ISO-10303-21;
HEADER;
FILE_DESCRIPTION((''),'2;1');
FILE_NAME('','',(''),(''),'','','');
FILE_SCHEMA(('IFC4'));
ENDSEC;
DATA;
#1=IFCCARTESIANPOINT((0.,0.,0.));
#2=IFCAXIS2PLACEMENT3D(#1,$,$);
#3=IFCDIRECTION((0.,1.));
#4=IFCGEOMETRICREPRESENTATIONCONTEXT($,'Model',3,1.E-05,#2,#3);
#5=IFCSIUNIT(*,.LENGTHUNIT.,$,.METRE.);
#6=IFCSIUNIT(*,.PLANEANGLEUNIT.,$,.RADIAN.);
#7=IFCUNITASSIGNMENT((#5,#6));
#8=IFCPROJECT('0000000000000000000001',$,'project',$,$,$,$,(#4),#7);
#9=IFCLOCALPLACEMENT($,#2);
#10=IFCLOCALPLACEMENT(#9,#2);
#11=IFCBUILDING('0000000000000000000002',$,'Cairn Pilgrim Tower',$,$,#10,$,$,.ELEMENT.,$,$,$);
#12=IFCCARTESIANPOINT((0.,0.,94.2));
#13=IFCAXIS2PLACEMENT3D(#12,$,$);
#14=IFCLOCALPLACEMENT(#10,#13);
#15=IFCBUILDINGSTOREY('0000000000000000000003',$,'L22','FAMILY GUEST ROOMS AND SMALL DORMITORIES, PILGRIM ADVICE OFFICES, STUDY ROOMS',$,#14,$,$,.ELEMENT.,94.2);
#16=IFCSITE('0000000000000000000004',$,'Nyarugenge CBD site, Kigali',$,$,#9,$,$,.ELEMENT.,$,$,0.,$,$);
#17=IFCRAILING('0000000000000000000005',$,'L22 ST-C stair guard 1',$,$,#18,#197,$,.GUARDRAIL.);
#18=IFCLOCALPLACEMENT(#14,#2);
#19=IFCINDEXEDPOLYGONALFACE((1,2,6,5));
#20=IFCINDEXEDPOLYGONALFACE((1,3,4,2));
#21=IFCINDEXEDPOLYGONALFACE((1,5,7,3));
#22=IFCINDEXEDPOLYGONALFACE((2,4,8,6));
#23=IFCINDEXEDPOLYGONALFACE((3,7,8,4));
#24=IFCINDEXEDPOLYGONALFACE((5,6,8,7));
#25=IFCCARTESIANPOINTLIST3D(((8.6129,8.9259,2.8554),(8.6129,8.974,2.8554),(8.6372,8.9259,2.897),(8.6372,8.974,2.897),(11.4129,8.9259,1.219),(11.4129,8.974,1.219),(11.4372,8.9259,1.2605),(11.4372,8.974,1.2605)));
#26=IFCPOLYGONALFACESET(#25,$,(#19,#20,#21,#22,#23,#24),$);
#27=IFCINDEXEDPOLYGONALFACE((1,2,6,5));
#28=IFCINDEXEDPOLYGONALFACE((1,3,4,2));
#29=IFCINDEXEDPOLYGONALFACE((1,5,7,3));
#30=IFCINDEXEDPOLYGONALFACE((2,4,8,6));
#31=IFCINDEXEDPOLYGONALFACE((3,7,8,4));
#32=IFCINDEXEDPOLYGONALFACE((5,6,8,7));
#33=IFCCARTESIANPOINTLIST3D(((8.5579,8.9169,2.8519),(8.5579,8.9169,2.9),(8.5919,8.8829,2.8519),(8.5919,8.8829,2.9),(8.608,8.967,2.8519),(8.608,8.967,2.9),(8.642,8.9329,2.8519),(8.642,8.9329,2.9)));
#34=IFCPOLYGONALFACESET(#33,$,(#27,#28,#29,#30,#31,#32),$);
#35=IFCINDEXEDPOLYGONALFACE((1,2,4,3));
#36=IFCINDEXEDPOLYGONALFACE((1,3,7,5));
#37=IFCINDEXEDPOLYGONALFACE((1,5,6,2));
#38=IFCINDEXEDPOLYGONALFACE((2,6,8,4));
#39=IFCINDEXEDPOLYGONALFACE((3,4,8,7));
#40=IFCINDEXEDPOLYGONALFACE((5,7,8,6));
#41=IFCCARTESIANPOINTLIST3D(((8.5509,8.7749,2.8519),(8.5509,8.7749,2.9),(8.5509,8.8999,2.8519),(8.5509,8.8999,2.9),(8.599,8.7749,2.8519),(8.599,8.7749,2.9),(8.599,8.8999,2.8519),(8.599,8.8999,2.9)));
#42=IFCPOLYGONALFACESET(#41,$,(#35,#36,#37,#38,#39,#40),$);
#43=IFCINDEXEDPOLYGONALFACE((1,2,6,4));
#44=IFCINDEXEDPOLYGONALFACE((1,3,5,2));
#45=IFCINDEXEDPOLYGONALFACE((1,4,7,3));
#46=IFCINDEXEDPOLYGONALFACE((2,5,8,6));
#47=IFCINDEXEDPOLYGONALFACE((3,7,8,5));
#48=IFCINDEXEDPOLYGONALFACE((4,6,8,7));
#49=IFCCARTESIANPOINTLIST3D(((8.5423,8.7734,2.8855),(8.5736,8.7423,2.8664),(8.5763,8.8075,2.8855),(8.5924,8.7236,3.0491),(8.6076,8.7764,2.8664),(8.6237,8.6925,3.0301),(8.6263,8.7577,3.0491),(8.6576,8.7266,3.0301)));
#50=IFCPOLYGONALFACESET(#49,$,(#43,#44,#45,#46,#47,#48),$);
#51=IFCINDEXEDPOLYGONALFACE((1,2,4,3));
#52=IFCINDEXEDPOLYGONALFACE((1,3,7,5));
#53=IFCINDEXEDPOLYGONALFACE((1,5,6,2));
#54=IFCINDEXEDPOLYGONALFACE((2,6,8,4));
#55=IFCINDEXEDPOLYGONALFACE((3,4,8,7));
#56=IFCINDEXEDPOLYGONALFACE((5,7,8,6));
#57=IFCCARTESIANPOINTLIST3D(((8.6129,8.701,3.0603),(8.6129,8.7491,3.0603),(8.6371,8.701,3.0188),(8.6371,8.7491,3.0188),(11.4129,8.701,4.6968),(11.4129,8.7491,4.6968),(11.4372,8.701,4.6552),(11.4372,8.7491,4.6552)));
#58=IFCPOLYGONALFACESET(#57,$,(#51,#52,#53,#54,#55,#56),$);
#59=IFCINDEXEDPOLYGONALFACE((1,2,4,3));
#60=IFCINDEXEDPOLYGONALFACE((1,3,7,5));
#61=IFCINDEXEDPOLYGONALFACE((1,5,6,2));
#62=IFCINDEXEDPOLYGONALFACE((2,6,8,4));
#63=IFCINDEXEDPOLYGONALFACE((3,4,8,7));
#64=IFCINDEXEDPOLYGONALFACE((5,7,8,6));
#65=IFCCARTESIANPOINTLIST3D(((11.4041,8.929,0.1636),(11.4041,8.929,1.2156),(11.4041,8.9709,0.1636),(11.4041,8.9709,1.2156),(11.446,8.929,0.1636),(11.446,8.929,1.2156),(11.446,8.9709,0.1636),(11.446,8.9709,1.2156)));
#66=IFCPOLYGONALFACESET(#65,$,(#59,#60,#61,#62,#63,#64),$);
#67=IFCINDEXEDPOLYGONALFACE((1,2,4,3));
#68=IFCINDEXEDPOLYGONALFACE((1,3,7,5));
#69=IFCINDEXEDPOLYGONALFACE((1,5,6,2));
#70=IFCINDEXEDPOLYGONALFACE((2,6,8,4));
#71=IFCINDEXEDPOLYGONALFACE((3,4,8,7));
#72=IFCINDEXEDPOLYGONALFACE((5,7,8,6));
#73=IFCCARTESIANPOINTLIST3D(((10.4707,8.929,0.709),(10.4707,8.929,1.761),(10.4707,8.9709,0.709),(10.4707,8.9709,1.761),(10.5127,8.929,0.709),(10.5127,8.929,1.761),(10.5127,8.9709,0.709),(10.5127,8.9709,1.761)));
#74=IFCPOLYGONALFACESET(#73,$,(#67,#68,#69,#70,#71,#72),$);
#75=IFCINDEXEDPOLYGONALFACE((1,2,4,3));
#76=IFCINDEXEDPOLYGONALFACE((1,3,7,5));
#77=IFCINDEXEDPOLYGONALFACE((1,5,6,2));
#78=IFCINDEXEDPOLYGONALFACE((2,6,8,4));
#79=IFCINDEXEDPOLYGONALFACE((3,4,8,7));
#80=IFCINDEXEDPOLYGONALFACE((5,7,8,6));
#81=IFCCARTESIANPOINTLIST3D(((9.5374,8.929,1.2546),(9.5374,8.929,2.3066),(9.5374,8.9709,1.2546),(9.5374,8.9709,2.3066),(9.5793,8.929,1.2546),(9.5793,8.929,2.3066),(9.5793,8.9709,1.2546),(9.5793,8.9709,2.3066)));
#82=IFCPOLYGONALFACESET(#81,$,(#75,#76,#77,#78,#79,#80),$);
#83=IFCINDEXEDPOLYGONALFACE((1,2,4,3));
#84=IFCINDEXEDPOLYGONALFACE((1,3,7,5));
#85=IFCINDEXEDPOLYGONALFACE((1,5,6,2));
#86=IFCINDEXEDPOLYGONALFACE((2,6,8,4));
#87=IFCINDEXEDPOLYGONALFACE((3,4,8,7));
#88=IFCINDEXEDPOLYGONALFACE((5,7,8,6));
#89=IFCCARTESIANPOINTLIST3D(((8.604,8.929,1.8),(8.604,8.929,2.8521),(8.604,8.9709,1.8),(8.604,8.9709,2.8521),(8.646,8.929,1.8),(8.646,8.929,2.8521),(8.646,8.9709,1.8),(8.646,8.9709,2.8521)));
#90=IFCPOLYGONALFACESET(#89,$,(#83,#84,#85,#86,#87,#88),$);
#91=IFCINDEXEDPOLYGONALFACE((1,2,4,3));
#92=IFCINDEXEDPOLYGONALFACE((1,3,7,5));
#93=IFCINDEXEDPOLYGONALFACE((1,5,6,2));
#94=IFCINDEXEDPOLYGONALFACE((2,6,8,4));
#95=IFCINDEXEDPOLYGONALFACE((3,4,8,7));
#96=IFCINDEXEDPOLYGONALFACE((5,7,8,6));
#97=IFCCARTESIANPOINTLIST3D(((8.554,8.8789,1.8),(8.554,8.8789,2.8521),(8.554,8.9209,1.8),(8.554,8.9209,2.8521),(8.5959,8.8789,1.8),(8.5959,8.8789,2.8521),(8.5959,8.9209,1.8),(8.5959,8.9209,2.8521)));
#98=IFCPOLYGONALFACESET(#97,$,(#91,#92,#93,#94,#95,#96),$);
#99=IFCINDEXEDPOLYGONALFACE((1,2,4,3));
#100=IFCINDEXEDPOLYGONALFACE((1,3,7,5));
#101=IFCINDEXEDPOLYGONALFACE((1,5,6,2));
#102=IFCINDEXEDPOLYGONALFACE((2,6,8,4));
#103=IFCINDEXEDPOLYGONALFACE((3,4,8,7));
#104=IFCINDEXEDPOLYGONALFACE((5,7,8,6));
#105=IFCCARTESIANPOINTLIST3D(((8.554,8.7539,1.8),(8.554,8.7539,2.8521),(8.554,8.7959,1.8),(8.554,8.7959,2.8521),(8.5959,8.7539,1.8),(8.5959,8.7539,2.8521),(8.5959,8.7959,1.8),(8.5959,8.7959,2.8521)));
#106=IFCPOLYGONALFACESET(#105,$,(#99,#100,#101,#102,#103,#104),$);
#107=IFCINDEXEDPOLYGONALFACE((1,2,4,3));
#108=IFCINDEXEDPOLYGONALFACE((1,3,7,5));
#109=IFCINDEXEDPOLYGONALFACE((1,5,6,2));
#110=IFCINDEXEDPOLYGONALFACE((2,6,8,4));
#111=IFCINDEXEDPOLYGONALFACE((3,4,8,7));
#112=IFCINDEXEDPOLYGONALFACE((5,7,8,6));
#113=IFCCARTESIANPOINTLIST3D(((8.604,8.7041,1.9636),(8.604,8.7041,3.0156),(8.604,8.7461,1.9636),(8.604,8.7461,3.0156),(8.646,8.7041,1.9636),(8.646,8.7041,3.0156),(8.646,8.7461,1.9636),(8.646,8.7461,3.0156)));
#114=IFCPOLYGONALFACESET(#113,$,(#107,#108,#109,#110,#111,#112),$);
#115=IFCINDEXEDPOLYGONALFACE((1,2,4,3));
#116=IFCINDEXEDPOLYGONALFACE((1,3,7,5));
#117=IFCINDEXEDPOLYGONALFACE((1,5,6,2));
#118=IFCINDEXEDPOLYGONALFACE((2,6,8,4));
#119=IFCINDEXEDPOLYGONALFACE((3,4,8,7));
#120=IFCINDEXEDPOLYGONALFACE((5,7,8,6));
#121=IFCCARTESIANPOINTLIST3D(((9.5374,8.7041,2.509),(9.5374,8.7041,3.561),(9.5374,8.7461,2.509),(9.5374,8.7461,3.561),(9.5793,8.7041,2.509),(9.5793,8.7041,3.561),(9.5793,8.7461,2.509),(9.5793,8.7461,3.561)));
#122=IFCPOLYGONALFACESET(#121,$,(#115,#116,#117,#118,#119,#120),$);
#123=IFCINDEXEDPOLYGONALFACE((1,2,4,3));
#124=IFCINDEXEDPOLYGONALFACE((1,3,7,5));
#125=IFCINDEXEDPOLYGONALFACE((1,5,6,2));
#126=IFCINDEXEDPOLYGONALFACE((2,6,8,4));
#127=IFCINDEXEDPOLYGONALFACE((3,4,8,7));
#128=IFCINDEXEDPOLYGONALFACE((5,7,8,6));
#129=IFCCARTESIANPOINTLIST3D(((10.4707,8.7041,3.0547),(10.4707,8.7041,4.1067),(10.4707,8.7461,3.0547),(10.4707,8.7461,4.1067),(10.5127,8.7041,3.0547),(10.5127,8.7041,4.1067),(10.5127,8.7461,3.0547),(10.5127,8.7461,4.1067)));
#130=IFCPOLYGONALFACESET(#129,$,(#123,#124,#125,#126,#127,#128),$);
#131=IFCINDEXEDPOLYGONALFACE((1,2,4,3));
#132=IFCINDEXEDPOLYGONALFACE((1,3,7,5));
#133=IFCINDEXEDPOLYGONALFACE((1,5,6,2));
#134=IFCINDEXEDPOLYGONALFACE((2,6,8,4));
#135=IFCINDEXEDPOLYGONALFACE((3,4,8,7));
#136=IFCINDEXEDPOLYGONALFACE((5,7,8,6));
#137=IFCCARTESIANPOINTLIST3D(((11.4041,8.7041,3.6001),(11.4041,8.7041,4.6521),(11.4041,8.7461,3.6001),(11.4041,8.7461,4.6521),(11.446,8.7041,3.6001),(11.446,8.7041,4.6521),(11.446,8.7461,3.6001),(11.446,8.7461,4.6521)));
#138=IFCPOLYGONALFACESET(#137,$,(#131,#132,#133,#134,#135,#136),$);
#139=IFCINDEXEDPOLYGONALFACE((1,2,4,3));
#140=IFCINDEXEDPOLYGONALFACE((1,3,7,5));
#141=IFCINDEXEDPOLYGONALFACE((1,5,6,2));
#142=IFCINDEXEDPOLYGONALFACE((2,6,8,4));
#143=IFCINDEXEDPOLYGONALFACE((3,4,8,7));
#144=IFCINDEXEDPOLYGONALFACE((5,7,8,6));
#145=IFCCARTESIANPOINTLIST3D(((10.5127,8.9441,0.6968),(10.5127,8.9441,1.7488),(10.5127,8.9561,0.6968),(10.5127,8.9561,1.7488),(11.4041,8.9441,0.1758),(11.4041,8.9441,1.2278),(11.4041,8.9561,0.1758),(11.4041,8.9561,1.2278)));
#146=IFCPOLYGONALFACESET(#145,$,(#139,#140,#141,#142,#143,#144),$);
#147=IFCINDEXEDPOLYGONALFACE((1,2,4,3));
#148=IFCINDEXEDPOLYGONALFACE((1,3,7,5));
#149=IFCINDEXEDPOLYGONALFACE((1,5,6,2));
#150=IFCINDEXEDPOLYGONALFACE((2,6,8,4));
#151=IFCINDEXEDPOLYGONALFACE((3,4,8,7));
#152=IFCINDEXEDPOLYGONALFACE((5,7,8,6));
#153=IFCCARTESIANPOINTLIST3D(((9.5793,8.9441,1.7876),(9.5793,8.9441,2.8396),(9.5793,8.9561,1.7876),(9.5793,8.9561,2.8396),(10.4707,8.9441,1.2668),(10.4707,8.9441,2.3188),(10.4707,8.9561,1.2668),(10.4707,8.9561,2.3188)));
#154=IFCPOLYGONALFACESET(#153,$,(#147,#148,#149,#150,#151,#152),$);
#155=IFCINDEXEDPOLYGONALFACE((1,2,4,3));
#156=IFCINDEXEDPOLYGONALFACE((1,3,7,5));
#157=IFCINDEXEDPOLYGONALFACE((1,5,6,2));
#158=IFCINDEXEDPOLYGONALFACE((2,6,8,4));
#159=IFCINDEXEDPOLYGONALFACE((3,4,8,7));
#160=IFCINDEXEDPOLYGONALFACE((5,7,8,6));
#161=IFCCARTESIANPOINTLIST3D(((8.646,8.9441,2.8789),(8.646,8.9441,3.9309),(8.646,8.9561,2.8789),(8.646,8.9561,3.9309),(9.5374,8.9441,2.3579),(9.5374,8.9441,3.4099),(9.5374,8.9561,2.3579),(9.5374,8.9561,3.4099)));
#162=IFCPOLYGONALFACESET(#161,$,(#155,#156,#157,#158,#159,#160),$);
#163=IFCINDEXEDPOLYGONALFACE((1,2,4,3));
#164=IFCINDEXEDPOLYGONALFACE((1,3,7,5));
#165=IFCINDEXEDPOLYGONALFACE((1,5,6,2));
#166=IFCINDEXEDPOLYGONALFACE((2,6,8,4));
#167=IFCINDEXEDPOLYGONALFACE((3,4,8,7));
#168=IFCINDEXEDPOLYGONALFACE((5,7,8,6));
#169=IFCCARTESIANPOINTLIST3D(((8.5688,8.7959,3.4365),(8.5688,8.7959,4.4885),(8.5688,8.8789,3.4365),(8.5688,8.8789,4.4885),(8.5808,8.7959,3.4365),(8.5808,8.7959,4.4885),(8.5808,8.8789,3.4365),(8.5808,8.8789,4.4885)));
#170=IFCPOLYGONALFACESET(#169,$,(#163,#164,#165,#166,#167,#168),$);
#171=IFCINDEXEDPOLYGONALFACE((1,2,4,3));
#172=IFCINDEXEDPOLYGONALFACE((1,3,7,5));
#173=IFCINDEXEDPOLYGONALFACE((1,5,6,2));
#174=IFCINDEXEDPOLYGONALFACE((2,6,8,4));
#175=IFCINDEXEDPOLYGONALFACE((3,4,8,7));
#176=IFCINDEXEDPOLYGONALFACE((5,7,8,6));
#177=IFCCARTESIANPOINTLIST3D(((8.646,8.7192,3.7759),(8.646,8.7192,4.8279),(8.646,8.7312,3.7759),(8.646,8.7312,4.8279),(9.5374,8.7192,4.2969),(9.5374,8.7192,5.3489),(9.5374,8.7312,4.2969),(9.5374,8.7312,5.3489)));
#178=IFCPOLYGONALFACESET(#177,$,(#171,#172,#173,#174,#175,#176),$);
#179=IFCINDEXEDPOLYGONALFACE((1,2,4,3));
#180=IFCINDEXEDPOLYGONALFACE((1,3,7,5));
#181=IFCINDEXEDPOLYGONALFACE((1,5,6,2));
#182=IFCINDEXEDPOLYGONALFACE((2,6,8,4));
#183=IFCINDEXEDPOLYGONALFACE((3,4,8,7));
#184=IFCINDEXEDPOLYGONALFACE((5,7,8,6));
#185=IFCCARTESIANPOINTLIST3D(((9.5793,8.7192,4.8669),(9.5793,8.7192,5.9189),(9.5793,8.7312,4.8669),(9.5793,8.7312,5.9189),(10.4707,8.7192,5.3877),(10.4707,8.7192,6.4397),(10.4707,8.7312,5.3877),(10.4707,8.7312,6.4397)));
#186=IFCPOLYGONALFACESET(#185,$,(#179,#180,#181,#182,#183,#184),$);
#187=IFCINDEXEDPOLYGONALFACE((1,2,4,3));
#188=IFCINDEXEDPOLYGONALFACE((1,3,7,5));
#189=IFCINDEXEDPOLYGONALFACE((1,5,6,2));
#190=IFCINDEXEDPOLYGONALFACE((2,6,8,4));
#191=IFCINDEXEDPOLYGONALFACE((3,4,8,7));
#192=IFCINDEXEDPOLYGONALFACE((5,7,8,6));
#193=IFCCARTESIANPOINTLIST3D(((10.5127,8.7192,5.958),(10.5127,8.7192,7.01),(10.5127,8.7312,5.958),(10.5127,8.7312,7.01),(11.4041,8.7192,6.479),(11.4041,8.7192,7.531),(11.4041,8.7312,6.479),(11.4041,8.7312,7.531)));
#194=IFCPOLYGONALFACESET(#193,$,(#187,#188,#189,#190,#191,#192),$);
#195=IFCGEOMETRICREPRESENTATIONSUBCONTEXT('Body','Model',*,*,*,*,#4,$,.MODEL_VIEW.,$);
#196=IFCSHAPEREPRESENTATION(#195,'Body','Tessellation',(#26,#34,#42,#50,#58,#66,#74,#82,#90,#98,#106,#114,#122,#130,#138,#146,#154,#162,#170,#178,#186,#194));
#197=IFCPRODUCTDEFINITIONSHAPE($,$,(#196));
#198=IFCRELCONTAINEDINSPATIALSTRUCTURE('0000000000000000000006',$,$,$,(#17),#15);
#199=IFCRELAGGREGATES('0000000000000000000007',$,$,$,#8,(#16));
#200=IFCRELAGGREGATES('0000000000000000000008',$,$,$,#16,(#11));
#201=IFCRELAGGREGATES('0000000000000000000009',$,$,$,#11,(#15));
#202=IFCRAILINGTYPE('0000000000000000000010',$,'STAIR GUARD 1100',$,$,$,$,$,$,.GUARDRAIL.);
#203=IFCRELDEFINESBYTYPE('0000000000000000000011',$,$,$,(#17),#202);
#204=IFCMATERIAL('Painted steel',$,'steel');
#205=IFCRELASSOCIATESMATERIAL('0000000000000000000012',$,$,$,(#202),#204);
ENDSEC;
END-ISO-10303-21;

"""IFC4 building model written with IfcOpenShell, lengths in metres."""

from ifc_helpers import new_model, si_unit, direction, frame, origin, origin_2d, place, context, subcontext, project, spatial, polyline, rectangle, outline, extrude, material, type_object, element, save


model = new_model("IFC4")

# Units and contexts
model_context = context("Model", 3, precision=1e-05, world=origin(), true_north=direction((0.0, 1.0)))
body_context = subcontext(model_context, "Body", "Model", "MODEL_VIEW")
ifc_project = project(units=[si_unit("LENGTHUNIT", "METRE"), si_unit("PLANEANGLEUNIT", "RADIAN")], contexts=[model_context])

# Site, building, storey
site_placement = place(None, origin())
site = spatial("IfcSite", under=ifc_project, at=site_placement, Name="Nyarugenge CBD site, Kigali", CompositionType="ELEMENT", RefElevation=0.0)
building_placement = place(site_placement, origin())
building = spatial("IfcBuilding", under=site, at=building_placement, Name="Cairn Pilgrim Tower", CompositionType="ELEMENT")
storey_placement = place(building_placement, frame((0.0, 0.0, 94.2)))
storey = spatial("IfcBuildingStorey", under=building, at=storey_placement, Name="L22", Description="FAMILY GUEST ROOMS AND SMALL DORMITORIES, PILGRIM ADVICE OFFICES, STUDY ROOMS", CompositionType="ELEMENT", Elevation=94.2)

# Shared definitions
ifc_material_1 = material(Name="Painted steel", Category="steel")

# Railing
railing_type_1 = type_object("IfcRailingType", Name="STAIR GUARD 1100", PredefinedType="GUARDRAIL", material=ifc_material_1)
railing_1_placement = place(storey_placement, frame((11.425, 8.95, 0.1636)))
element("IfcRailing", 1, at=railing_1_placement, inside=storey, type_object=railing_type_1, Name="L22 ST-C stair guard 1", PredefinedType="GUARDRAIL", context=body_context, shape_type="SweptSolid", body=[
    extrude(rectangle(XDim=0.0481, YDim=0.0481, at=origin_2d()), frame((0.0, 0.0, 1.0762), z_axis=(-0.863361, 0.0, 0.504587), x_axis=(0.0, -1.0, 0.0)), (0.0, 0.0, 1.0), 3.2432),
    extrude(rectangle(XDim=0.0481, YDim=0.0481, at=origin_2d()), frame((-2.8, 0.0, 2.7124), z_axis=(-0.707107, -0.707107, 0.0), x_axis=(0.707107, -0.707107, 0.0)), (0.0, 0.0, 1.0), 0.0708),
    extrude(rectangle(XDim=0.0481, YDim=0.0481, at=origin_2d()), frame((-2.8501, -0.05, 2.7124), z_axis=(0.0, -1.0, 0.0), x_axis=(1.0, 0.0, 0.0)), (0.0, 0.0, 1.0), 0.125),
    extrude(rectangle(XDim=0.0481, YDim=0.0481, at=origin_2d()), frame((-2.8501, -0.175, 2.7124), z_axis=(0.280917, -0.279546, 0.918118), x_axis=(0.705376, 0.708834, 0.0)), (0.0, 0.0, 1.0), 0.1782),
    extrude(rectangle(XDim=0.0481, YDim=0.0481, at=origin_2d()), frame((-2.8, -0.2249, 2.876), z_axis=(0.863361, 0.0, 0.504587), x_axis=(0.0, 1.0, 0.0)), (0.0, 0.0, 1.0), 3.2432),
    extrude(rectangle(XDim=0.042, YDim=0.042, at=origin_2d()), origin(), (0.0, 0.0, 1.0), 1.052),
    extrude(rectangle(XDim=0.042, YDim=0.042, at=origin_2d()), frame((-0.9333, 0.0, 0.5454)), (0.0, 0.0, 1.0), 1.052),
    extrude(rectangle(XDim=0.042, YDim=0.042, at=origin_2d()), frame((-1.8667, 0.0, 1.0911)), (0.0, 0.0, 1.0), 1.052),
    extrude(rectangle(XDim=0.042, YDim=0.042, at=origin_2d()), frame((-2.8, 0.0, 1.6365)), (0.0, 0.0, 1.0), 1.052),
    extrude(rectangle(XDim=0.042, YDim=0.042, at=origin_2d()), frame((-2.8501, -0.05, 1.6365)), (0.0, 0.0, 1.0), 1.052),
    extrude(rectangle(XDim=0.042, YDim=0.042, at=origin_2d()), frame((-2.8501, -0.175, 1.6365)), (0.0, 0.0, 1.0), 1.052),
    extrude(rectangle(XDim=0.042, YDim=0.042, at=origin_2d()), frame((-2.8, -0.2249, 1.8)), (0.0, 0.0, 1.0), 1.052),
    extrude(rectangle(XDim=0.042, YDim=0.042, at=origin_2d()), frame((-1.8667, -0.2249, 2.3455)), (0.0, 0.0, 1.0), 1.052),
    extrude(rectangle(XDim=0.042, YDim=0.042, at=origin_2d()), frame((-0.9333, -0.2249, 2.8911)), (0.0, 0.0, 1.0), 1.052),
    extrude(rectangle(XDim=0.042, YDim=0.042, at=origin_2d()), frame((0.0, -0.2249, 3.4365)), (0.0, 0.0, 1.0), 1.052),
    extrude(outline(polyline([(0.021, 0.0122), (0.9124, 0.5332), (0.9124, 1.5852), (0.021, 1.0642), (0.021, 0.0122)])), frame((0.0, -0.0059, 0.0), z_axis=(0.0, 1.0, 0.0), x_axis=(-1.0, 0.0, 0.0)), (0.0, 0.0, 1.0), 0.012),
    extrude(outline(polyline([(0.021, 0.5579), (0.9124, 1.0786), (0.9124, 2.1306), (0.021, 1.6099), (0.021, 0.5579)])), frame((-0.9333, -0.0059, 0.5454), z_axis=(0.0, 1.0, 0.0), x_axis=(-1.0, 0.0, 0.0)), (0.0, 0.0, 1.0), 0.012),
    extrude(outline(polyline([(0.021, 1.1033), (0.9124, 1.6243), (0.9124, 2.6763), (0.021, 2.1553), (0.021, 1.1033)])), frame((-1.8667, -0.0059, 1.0911), z_axis=(0.0, 1.0, 0.0), x_axis=(-1.0, 0.0, 0.0)), (0.0, 0.0, 1.0), 0.012),
    extrude(outline(polyline([(0.021, 1.6365), (0.104, 1.6365), (0.104, 2.6885), (0.021, 2.6885), (0.021, 1.6365)])), frame((-2.8442, -0.05, 1.6365), z_axis=(-1.0, 0.0, 0.0), x_axis=(0.0, -1.0, 0.0)), (0.0, 0.0, 1.0), 0.012),
    extrude(outline(polyline([(0.021, 1.8123), (0.9124, 2.3333), (0.9124, 3.3853), (0.021, 2.8643), (0.021, 1.8123)])), frame((-2.8, -0.2188, 1.8), z_axis=(0.0, -1.0, 0.0), x_axis=(1.0, 0.0, 0.0)), (0.0, 0.0, 1.0), 0.012),
    extrude(outline(polyline([(0.021, 2.3579), (0.9124, 2.8787), (0.9124, 3.9307), (0.021, 3.4099), (0.021, 2.3579)])), frame((-1.8667, -0.2188, 2.3455), z_axis=(0.0, -1.0, 0.0), x_axis=(1.0, 0.0, 0.0)), (0.0, 0.0, 1.0), 0.012),
    extrude(outline(polyline([(0.021, 2.9033), (0.9124, 3.4243), (0.9124, 4.4763), (0.021, 3.9553), (0.021, 2.9033)])), frame((-0.9333, -0.2188, 2.8911), z_axis=(0.0, -1.0, 0.0), x_axis=(1.0, 0.0, 0.0)), (0.0, 0.0, 1.0), 0.012),
])

save(model, "model.ifc")
